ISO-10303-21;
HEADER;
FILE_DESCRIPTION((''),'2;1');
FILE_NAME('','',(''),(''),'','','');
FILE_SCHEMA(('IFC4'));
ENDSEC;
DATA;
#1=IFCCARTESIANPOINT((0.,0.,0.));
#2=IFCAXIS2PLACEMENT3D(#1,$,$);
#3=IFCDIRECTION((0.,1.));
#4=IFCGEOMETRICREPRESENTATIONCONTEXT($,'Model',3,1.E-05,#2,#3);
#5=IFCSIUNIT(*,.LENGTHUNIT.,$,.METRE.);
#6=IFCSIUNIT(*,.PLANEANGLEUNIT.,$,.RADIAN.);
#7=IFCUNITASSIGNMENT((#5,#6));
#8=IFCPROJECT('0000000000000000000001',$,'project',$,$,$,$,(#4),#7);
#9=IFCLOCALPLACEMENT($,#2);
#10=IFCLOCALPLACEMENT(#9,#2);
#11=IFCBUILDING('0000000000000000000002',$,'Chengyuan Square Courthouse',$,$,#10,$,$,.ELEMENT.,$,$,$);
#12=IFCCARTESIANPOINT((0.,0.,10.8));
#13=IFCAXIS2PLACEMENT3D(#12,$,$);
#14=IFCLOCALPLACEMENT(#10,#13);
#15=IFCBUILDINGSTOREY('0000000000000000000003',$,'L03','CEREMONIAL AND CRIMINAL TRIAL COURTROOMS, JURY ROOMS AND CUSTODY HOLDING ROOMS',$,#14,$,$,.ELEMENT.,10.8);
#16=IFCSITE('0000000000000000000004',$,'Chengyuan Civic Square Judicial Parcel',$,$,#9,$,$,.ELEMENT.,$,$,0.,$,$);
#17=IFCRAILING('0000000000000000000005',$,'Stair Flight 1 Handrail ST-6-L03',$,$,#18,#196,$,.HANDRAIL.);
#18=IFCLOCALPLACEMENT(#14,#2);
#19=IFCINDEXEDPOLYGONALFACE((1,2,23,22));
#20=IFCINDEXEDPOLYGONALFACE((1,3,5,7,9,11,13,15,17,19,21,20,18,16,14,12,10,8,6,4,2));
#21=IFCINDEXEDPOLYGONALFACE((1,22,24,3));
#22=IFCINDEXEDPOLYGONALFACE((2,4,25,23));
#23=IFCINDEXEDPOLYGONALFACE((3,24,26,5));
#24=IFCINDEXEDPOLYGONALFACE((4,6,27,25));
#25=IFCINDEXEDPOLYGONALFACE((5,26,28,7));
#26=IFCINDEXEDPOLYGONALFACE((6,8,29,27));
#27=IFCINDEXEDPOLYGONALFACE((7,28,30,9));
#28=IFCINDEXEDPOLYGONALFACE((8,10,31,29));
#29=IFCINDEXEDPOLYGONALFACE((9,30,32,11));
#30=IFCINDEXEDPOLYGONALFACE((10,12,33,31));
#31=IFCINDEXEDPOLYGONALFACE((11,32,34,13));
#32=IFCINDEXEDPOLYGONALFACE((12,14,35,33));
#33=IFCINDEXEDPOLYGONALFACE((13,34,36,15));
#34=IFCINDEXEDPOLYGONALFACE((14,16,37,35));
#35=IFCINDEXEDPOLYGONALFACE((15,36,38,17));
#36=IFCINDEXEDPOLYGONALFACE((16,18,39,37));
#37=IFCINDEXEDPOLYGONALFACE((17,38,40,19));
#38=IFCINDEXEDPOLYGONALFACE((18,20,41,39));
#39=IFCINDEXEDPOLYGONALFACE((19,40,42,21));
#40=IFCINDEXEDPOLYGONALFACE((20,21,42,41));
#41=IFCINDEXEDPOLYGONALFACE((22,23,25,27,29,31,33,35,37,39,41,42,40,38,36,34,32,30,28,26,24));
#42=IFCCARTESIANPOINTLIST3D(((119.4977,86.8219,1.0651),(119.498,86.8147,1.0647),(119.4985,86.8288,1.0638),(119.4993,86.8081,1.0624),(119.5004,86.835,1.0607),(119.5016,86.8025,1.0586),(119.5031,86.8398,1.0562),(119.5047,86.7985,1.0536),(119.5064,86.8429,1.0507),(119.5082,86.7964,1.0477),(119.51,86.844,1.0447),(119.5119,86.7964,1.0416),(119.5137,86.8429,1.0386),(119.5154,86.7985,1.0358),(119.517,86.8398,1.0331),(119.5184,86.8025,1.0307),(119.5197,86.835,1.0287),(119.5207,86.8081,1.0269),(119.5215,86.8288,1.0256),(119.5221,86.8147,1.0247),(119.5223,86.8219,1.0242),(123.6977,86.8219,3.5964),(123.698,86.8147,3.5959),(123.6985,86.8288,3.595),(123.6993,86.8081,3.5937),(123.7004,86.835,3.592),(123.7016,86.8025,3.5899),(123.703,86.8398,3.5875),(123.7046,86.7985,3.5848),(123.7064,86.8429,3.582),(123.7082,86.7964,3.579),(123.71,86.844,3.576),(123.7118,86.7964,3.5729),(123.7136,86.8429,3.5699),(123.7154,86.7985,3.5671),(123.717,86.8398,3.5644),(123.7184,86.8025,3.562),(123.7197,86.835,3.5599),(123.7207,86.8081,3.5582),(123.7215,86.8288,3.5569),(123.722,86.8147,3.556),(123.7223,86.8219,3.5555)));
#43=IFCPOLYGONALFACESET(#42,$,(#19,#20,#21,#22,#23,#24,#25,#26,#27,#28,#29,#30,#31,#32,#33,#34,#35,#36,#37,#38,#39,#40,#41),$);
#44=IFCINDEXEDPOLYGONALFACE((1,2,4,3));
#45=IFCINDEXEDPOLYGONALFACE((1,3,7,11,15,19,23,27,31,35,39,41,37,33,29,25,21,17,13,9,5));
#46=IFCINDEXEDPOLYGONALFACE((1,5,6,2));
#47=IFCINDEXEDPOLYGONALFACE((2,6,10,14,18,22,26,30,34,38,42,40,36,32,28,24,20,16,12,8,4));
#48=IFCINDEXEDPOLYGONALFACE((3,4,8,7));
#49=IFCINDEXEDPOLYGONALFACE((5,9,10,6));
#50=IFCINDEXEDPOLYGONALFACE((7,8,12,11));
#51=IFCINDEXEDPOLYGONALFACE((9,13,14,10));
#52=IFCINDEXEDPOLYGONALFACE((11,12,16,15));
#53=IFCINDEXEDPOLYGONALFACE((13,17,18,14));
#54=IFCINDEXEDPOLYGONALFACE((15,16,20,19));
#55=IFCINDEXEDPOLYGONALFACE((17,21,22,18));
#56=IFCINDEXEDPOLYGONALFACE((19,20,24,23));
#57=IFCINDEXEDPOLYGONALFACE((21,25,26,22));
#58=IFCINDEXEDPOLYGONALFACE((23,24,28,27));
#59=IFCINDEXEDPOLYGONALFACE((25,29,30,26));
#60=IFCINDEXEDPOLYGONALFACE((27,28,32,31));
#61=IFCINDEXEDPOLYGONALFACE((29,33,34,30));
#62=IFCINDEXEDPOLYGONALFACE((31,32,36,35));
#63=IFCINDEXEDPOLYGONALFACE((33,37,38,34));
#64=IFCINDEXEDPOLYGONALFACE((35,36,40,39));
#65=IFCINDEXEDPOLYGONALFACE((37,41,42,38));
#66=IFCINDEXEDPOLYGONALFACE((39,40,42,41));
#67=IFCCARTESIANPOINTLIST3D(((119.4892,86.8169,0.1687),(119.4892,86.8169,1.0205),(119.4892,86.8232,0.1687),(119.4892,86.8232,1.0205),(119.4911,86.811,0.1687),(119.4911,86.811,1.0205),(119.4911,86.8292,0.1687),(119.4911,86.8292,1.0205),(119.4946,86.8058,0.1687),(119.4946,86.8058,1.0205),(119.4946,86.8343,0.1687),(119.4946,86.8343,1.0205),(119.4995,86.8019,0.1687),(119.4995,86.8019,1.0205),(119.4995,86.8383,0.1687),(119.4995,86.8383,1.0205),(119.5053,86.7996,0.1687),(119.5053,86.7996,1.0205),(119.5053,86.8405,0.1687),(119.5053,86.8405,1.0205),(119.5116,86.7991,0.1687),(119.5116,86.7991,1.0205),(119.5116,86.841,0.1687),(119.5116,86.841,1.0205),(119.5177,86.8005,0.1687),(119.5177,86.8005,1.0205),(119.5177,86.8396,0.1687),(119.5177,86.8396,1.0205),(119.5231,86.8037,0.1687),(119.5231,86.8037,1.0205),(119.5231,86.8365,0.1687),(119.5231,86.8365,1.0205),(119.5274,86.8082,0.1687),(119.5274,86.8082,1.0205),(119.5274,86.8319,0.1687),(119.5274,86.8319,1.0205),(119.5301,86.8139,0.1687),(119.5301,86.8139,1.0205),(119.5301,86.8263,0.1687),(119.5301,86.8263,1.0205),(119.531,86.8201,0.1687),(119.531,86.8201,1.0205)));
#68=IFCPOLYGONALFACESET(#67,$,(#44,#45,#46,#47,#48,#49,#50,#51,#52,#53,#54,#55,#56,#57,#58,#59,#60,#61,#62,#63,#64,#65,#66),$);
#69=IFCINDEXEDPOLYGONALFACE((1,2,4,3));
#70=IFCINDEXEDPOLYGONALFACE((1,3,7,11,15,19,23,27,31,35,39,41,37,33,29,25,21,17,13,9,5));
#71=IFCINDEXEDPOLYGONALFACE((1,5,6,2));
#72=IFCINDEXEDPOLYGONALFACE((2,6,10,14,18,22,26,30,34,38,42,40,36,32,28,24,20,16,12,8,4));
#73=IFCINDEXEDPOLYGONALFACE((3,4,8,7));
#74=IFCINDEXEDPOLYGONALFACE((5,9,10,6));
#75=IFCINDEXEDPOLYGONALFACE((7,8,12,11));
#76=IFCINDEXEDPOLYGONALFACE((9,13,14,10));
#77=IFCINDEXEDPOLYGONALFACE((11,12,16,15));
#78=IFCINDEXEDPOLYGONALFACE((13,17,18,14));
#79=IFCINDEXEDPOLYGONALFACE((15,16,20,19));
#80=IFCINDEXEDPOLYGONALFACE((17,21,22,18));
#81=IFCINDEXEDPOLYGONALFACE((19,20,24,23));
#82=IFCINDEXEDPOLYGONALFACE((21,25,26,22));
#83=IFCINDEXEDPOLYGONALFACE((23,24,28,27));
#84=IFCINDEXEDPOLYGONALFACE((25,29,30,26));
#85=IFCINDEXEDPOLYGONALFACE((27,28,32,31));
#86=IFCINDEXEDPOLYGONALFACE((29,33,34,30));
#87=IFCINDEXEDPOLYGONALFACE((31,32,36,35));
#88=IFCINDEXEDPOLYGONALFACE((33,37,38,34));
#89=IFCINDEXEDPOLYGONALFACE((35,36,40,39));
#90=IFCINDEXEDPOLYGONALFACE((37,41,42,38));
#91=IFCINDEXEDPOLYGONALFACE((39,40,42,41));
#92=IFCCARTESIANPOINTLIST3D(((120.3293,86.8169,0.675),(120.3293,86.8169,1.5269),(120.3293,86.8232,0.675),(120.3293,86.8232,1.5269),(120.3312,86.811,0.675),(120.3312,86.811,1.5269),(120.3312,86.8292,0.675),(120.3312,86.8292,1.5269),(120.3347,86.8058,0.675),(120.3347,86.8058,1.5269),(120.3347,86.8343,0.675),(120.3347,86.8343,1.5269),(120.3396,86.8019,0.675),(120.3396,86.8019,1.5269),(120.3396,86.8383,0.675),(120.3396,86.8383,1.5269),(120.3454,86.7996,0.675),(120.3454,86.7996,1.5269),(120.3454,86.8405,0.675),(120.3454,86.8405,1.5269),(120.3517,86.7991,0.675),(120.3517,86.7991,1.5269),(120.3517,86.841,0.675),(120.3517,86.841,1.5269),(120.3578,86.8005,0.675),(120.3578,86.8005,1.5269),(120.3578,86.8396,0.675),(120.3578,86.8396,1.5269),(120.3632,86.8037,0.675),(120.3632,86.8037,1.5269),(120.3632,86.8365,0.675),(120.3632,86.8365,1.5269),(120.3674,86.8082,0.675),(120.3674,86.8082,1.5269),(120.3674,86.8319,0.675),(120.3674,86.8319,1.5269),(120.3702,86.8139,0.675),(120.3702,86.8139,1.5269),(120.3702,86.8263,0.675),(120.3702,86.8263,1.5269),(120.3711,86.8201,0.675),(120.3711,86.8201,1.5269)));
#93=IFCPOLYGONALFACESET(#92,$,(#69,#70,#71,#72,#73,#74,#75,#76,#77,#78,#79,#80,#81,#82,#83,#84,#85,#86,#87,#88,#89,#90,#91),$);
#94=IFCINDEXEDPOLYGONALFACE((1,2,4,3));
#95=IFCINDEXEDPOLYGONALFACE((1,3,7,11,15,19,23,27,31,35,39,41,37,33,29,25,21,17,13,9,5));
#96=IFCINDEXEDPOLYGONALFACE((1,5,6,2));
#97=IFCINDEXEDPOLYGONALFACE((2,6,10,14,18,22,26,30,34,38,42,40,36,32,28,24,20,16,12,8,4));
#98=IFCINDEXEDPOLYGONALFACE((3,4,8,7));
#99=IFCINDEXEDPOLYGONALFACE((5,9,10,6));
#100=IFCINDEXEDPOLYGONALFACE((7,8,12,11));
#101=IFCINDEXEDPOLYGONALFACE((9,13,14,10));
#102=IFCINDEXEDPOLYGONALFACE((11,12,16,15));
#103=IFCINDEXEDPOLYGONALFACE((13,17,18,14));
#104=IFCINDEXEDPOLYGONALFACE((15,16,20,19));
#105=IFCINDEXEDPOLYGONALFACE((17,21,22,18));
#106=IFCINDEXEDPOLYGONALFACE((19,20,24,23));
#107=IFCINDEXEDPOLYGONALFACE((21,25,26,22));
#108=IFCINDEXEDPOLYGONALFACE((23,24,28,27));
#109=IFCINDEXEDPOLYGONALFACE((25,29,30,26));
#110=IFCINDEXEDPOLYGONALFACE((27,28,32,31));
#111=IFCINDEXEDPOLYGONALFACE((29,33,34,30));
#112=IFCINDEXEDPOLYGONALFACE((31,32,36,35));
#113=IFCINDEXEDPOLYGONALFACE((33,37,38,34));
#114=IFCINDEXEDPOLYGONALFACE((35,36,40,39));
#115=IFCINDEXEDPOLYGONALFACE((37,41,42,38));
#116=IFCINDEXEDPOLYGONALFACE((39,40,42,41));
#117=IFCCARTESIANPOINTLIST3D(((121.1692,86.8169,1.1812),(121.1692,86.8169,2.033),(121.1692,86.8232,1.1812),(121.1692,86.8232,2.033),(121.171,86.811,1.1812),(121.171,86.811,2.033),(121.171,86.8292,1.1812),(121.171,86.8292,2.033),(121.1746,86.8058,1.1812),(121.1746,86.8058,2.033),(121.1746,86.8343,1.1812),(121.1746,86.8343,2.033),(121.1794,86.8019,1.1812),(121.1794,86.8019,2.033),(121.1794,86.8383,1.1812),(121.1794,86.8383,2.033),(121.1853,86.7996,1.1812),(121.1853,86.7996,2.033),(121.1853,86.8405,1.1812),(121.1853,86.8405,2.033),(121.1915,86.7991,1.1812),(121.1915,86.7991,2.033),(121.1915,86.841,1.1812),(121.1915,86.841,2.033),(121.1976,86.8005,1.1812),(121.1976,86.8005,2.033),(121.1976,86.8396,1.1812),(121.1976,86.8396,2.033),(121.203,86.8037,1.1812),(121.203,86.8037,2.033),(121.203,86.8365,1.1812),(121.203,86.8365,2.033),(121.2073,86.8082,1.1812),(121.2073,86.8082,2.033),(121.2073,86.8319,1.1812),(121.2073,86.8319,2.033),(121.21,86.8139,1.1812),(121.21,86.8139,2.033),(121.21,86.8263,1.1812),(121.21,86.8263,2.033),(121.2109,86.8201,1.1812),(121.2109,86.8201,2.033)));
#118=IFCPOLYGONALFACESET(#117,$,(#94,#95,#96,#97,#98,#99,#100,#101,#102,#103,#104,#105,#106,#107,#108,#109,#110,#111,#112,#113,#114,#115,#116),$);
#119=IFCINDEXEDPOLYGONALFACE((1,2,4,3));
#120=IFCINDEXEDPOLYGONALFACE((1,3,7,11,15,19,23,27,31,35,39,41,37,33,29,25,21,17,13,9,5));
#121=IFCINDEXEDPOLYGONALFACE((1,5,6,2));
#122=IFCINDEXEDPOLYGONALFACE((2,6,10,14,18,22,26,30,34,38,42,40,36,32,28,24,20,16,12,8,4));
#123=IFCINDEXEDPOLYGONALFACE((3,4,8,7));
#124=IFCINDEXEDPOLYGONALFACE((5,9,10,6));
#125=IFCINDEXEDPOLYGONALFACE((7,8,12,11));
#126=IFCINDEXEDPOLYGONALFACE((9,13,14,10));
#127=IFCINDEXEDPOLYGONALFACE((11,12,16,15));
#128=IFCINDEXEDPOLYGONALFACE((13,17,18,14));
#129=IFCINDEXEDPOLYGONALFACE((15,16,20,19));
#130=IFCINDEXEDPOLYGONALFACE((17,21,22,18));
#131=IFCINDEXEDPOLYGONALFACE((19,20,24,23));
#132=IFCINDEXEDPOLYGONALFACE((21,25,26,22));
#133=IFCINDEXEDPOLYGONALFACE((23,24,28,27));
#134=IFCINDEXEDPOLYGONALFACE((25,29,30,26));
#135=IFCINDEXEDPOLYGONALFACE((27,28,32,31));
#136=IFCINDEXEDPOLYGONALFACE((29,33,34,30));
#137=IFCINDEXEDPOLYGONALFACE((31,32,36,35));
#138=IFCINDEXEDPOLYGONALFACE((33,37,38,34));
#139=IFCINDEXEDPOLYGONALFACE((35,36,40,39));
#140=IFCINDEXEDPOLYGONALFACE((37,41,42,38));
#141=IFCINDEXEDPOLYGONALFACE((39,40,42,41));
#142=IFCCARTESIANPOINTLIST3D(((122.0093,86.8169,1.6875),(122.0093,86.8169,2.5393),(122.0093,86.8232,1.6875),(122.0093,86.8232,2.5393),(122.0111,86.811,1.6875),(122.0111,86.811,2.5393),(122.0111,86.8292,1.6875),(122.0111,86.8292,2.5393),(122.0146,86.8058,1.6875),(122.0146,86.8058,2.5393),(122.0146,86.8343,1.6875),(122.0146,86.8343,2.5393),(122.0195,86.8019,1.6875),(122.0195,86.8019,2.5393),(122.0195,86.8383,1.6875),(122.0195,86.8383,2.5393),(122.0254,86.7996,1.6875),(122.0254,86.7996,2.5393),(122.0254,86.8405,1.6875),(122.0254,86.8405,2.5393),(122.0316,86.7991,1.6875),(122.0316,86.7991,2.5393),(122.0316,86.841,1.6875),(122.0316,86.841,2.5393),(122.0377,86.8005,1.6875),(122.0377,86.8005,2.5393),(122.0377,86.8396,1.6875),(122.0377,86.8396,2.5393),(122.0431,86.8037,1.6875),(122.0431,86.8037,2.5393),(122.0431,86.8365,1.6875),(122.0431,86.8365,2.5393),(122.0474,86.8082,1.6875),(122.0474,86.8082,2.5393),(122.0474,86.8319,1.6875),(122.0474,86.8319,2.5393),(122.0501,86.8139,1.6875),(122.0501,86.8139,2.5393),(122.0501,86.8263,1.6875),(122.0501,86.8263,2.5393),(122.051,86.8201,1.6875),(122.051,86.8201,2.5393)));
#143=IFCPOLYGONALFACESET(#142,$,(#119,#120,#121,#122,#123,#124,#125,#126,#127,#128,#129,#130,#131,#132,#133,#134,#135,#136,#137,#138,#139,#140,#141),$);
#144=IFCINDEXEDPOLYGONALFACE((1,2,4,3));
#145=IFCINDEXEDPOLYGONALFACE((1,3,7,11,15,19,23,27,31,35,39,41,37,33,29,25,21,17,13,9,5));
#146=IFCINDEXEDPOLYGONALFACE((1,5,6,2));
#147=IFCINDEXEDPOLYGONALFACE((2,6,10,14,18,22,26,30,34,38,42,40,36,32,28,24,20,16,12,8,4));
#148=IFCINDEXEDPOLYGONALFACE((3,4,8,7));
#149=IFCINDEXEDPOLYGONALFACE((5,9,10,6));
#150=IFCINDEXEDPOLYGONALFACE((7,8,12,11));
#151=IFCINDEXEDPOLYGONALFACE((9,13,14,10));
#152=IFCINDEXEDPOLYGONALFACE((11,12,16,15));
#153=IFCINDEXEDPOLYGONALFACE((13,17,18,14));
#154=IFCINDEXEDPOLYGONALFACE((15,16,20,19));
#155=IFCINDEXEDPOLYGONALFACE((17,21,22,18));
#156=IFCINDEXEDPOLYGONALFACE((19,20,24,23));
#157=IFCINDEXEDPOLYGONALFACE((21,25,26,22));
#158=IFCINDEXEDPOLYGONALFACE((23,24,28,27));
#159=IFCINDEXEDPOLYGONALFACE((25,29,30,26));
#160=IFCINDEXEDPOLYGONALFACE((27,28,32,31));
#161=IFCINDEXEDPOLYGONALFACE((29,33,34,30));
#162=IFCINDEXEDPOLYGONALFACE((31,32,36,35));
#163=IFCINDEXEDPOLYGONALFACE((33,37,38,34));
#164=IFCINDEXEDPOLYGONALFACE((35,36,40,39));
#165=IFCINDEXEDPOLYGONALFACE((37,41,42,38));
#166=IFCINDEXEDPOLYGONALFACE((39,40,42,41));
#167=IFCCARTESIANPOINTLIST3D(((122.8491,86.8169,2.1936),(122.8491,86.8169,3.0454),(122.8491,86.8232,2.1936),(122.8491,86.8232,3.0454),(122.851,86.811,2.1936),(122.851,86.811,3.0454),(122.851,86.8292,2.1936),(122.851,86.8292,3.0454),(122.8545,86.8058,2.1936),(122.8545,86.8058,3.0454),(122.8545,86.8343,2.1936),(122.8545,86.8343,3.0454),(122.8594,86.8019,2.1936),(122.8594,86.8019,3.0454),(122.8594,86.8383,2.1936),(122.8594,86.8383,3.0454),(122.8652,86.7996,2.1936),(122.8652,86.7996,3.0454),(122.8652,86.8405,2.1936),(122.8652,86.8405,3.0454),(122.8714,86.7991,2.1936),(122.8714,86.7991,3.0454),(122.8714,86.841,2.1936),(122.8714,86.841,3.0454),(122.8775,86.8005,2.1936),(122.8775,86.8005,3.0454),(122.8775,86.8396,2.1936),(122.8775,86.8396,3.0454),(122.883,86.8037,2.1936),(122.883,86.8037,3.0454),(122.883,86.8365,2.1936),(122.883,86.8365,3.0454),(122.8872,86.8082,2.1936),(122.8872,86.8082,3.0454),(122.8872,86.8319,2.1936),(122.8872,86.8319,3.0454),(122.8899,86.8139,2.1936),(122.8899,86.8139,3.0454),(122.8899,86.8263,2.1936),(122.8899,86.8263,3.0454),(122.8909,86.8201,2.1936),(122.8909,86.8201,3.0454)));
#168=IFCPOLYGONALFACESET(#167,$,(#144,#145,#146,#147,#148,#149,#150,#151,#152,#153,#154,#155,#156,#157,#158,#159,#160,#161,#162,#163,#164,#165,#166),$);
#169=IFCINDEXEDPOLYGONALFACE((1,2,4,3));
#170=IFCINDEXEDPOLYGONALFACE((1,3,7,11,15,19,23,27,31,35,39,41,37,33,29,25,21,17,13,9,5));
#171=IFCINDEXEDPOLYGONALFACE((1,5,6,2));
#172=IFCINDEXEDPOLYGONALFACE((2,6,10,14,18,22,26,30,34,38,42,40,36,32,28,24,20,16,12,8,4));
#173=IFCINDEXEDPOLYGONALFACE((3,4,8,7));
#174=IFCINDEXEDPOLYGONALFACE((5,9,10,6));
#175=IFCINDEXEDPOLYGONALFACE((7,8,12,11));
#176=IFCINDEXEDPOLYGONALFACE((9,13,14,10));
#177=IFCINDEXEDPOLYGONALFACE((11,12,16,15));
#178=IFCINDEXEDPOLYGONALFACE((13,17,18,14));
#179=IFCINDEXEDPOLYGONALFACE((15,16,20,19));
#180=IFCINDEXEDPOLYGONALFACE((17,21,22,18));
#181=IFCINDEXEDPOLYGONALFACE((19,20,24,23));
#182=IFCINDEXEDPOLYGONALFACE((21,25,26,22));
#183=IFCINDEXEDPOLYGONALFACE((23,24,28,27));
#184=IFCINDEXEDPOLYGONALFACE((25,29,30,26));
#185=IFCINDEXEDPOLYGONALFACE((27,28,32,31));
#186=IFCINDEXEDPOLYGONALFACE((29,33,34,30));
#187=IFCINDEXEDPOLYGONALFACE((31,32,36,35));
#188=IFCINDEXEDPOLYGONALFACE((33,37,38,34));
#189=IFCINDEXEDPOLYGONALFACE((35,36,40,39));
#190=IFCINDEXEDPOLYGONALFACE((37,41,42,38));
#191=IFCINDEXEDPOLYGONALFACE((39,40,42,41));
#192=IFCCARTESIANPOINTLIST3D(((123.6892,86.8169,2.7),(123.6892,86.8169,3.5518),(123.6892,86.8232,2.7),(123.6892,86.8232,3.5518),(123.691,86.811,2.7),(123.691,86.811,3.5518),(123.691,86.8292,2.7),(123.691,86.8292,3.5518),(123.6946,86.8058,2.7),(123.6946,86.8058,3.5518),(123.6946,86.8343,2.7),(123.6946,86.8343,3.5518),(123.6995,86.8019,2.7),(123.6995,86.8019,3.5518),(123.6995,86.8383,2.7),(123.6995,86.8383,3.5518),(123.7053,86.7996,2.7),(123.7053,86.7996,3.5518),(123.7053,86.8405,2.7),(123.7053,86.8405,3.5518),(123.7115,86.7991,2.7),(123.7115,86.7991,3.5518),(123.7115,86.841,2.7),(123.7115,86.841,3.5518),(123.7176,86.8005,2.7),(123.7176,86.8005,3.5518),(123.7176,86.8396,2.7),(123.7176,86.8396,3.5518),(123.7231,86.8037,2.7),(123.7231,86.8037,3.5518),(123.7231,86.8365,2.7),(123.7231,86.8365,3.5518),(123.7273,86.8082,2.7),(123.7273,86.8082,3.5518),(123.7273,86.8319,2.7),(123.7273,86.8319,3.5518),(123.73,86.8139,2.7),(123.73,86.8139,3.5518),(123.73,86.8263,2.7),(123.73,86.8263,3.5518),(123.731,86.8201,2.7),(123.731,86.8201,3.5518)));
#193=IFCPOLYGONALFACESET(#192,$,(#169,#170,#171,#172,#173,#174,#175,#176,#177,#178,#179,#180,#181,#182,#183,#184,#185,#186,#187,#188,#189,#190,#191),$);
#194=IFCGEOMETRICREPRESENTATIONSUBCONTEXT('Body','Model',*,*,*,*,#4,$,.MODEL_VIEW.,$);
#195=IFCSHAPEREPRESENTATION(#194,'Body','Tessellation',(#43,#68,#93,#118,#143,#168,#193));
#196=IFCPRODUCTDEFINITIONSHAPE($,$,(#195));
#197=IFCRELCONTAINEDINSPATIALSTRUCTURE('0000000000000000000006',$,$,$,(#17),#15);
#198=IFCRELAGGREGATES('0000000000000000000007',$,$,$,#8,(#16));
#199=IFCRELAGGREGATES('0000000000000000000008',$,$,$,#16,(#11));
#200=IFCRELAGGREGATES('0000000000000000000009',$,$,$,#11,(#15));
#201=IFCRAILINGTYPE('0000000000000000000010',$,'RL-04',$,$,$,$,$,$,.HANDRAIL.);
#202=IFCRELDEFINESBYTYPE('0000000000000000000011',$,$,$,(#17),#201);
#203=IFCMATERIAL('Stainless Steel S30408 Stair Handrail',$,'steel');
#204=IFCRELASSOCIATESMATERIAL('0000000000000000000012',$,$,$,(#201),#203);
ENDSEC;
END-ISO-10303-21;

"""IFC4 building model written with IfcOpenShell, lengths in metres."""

from ifc_helpers import new_model, si_unit, direction, frame, origin, origin_2d, place, context, subcontext, project, spatial, circle, extrude, material, type_object, element, save


model = new_model("IFC4")

# Units and contexts
model_context = context("Model", 3, precision=1e-05, world=origin(), true_north=direction((0.0, 1.0)))
body_context = subcontext(model_context, "Body", "Model", "MODEL_VIEW")
ifc_project = project(units=[si_unit("LENGTHUNIT", "METRE"), si_unit("PLANEANGLEUNIT", "RADIAN")], contexts=[model_context])

# Site, building, storey
site_placement = place(None, origin())
site = spatial("IfcSite", under=ifc_project, at=site_placement, Name="Chengyuan Civic Square Judicial Parcel", CompositionType="ELEMENT", RefElevation=0.0)
building_placement = place(site_placement, origin())
building = spatial("IfcBuilding", under=site, at=building_placement, Name="Chengyuan Square Courthouse", CompositionType="ELEMENT")
storey_placement = place(building_placement, frame((0.0, 0.0, 10.8)))
storey = spatial("IfcBuildingStorey", under=building, at=storey_placement, Name="L03", Description="CEREMONIAL AND CRIMINAL TRIAL COURTROOMS, JURY ROOMS AND CUSTODY HOLDING ROOMS", CompositionType="ELEMENT", Elevation=10.8)

# Railing
ifc_material_1 = material(Name="Stainless Steel S30408 Stair Handrail", Category="steel")
railing_type_1 = type_object("IfcRailingType", Name="RL-04", PredefinedType="HANDRAIL", material=ifc_material_1)
railing_1_placement = place(storey_placement, frame((119.51, 86.8201, 0.1687)))
element("IfcRailing", 1, at=railing_1_placement, inside=storey, type_object=railing_type_1, Name="Stair Flight 1 Handrail ST-6-L03", PredefinedType="HANDRAIL", context=body_context, shape_type="SweptSolid", body=[
    extrude(circle(Radius=0.0239, at=origin_2d()), frame((0.0, 0.0, 0.876), z_axis=(0.856476, 0.0, 0.516186), x_axis=(0.0, 1.0, 0.0)), (0.0, 0.0, 1.0), 4.9038),
    extrude(circle(Radius=0.021, at=origin_2d()), origin(), (0.0, 0.0, 1.0), 0.8518),
    extrude(circle(Radius=0.021, at=origin_2d()), frame((0.8401, 0.0, 0.5063)), (0.0, 0.0, 1.0), 0.8518),
    extrude(circle(Radius=0.021, at=origin_2d()), frame((1.6799, 0.0, 1.0125)), (0.0, 0.0, 1.0), 0.8518),
    extrude(circle(Radius=0.021, at=origin_2d()), frame((2.52, 0.0, 1.5188)), (0.0, 0.0, 1.0), 0.8518),
    extrude(circle(Radius=0.021, at=origin_2d()), frame((3.3599, 0.0, 2.0249)), (0.0, 0.0, 1.0), 0.8518),
    extrude(circle(Radius=0.021, at=origin_2d()), frame((4.2, 0.0, 2.5312)), (0.0, 0.0, 1.0), 0.8518),
])

save(model, "model.ifc")
